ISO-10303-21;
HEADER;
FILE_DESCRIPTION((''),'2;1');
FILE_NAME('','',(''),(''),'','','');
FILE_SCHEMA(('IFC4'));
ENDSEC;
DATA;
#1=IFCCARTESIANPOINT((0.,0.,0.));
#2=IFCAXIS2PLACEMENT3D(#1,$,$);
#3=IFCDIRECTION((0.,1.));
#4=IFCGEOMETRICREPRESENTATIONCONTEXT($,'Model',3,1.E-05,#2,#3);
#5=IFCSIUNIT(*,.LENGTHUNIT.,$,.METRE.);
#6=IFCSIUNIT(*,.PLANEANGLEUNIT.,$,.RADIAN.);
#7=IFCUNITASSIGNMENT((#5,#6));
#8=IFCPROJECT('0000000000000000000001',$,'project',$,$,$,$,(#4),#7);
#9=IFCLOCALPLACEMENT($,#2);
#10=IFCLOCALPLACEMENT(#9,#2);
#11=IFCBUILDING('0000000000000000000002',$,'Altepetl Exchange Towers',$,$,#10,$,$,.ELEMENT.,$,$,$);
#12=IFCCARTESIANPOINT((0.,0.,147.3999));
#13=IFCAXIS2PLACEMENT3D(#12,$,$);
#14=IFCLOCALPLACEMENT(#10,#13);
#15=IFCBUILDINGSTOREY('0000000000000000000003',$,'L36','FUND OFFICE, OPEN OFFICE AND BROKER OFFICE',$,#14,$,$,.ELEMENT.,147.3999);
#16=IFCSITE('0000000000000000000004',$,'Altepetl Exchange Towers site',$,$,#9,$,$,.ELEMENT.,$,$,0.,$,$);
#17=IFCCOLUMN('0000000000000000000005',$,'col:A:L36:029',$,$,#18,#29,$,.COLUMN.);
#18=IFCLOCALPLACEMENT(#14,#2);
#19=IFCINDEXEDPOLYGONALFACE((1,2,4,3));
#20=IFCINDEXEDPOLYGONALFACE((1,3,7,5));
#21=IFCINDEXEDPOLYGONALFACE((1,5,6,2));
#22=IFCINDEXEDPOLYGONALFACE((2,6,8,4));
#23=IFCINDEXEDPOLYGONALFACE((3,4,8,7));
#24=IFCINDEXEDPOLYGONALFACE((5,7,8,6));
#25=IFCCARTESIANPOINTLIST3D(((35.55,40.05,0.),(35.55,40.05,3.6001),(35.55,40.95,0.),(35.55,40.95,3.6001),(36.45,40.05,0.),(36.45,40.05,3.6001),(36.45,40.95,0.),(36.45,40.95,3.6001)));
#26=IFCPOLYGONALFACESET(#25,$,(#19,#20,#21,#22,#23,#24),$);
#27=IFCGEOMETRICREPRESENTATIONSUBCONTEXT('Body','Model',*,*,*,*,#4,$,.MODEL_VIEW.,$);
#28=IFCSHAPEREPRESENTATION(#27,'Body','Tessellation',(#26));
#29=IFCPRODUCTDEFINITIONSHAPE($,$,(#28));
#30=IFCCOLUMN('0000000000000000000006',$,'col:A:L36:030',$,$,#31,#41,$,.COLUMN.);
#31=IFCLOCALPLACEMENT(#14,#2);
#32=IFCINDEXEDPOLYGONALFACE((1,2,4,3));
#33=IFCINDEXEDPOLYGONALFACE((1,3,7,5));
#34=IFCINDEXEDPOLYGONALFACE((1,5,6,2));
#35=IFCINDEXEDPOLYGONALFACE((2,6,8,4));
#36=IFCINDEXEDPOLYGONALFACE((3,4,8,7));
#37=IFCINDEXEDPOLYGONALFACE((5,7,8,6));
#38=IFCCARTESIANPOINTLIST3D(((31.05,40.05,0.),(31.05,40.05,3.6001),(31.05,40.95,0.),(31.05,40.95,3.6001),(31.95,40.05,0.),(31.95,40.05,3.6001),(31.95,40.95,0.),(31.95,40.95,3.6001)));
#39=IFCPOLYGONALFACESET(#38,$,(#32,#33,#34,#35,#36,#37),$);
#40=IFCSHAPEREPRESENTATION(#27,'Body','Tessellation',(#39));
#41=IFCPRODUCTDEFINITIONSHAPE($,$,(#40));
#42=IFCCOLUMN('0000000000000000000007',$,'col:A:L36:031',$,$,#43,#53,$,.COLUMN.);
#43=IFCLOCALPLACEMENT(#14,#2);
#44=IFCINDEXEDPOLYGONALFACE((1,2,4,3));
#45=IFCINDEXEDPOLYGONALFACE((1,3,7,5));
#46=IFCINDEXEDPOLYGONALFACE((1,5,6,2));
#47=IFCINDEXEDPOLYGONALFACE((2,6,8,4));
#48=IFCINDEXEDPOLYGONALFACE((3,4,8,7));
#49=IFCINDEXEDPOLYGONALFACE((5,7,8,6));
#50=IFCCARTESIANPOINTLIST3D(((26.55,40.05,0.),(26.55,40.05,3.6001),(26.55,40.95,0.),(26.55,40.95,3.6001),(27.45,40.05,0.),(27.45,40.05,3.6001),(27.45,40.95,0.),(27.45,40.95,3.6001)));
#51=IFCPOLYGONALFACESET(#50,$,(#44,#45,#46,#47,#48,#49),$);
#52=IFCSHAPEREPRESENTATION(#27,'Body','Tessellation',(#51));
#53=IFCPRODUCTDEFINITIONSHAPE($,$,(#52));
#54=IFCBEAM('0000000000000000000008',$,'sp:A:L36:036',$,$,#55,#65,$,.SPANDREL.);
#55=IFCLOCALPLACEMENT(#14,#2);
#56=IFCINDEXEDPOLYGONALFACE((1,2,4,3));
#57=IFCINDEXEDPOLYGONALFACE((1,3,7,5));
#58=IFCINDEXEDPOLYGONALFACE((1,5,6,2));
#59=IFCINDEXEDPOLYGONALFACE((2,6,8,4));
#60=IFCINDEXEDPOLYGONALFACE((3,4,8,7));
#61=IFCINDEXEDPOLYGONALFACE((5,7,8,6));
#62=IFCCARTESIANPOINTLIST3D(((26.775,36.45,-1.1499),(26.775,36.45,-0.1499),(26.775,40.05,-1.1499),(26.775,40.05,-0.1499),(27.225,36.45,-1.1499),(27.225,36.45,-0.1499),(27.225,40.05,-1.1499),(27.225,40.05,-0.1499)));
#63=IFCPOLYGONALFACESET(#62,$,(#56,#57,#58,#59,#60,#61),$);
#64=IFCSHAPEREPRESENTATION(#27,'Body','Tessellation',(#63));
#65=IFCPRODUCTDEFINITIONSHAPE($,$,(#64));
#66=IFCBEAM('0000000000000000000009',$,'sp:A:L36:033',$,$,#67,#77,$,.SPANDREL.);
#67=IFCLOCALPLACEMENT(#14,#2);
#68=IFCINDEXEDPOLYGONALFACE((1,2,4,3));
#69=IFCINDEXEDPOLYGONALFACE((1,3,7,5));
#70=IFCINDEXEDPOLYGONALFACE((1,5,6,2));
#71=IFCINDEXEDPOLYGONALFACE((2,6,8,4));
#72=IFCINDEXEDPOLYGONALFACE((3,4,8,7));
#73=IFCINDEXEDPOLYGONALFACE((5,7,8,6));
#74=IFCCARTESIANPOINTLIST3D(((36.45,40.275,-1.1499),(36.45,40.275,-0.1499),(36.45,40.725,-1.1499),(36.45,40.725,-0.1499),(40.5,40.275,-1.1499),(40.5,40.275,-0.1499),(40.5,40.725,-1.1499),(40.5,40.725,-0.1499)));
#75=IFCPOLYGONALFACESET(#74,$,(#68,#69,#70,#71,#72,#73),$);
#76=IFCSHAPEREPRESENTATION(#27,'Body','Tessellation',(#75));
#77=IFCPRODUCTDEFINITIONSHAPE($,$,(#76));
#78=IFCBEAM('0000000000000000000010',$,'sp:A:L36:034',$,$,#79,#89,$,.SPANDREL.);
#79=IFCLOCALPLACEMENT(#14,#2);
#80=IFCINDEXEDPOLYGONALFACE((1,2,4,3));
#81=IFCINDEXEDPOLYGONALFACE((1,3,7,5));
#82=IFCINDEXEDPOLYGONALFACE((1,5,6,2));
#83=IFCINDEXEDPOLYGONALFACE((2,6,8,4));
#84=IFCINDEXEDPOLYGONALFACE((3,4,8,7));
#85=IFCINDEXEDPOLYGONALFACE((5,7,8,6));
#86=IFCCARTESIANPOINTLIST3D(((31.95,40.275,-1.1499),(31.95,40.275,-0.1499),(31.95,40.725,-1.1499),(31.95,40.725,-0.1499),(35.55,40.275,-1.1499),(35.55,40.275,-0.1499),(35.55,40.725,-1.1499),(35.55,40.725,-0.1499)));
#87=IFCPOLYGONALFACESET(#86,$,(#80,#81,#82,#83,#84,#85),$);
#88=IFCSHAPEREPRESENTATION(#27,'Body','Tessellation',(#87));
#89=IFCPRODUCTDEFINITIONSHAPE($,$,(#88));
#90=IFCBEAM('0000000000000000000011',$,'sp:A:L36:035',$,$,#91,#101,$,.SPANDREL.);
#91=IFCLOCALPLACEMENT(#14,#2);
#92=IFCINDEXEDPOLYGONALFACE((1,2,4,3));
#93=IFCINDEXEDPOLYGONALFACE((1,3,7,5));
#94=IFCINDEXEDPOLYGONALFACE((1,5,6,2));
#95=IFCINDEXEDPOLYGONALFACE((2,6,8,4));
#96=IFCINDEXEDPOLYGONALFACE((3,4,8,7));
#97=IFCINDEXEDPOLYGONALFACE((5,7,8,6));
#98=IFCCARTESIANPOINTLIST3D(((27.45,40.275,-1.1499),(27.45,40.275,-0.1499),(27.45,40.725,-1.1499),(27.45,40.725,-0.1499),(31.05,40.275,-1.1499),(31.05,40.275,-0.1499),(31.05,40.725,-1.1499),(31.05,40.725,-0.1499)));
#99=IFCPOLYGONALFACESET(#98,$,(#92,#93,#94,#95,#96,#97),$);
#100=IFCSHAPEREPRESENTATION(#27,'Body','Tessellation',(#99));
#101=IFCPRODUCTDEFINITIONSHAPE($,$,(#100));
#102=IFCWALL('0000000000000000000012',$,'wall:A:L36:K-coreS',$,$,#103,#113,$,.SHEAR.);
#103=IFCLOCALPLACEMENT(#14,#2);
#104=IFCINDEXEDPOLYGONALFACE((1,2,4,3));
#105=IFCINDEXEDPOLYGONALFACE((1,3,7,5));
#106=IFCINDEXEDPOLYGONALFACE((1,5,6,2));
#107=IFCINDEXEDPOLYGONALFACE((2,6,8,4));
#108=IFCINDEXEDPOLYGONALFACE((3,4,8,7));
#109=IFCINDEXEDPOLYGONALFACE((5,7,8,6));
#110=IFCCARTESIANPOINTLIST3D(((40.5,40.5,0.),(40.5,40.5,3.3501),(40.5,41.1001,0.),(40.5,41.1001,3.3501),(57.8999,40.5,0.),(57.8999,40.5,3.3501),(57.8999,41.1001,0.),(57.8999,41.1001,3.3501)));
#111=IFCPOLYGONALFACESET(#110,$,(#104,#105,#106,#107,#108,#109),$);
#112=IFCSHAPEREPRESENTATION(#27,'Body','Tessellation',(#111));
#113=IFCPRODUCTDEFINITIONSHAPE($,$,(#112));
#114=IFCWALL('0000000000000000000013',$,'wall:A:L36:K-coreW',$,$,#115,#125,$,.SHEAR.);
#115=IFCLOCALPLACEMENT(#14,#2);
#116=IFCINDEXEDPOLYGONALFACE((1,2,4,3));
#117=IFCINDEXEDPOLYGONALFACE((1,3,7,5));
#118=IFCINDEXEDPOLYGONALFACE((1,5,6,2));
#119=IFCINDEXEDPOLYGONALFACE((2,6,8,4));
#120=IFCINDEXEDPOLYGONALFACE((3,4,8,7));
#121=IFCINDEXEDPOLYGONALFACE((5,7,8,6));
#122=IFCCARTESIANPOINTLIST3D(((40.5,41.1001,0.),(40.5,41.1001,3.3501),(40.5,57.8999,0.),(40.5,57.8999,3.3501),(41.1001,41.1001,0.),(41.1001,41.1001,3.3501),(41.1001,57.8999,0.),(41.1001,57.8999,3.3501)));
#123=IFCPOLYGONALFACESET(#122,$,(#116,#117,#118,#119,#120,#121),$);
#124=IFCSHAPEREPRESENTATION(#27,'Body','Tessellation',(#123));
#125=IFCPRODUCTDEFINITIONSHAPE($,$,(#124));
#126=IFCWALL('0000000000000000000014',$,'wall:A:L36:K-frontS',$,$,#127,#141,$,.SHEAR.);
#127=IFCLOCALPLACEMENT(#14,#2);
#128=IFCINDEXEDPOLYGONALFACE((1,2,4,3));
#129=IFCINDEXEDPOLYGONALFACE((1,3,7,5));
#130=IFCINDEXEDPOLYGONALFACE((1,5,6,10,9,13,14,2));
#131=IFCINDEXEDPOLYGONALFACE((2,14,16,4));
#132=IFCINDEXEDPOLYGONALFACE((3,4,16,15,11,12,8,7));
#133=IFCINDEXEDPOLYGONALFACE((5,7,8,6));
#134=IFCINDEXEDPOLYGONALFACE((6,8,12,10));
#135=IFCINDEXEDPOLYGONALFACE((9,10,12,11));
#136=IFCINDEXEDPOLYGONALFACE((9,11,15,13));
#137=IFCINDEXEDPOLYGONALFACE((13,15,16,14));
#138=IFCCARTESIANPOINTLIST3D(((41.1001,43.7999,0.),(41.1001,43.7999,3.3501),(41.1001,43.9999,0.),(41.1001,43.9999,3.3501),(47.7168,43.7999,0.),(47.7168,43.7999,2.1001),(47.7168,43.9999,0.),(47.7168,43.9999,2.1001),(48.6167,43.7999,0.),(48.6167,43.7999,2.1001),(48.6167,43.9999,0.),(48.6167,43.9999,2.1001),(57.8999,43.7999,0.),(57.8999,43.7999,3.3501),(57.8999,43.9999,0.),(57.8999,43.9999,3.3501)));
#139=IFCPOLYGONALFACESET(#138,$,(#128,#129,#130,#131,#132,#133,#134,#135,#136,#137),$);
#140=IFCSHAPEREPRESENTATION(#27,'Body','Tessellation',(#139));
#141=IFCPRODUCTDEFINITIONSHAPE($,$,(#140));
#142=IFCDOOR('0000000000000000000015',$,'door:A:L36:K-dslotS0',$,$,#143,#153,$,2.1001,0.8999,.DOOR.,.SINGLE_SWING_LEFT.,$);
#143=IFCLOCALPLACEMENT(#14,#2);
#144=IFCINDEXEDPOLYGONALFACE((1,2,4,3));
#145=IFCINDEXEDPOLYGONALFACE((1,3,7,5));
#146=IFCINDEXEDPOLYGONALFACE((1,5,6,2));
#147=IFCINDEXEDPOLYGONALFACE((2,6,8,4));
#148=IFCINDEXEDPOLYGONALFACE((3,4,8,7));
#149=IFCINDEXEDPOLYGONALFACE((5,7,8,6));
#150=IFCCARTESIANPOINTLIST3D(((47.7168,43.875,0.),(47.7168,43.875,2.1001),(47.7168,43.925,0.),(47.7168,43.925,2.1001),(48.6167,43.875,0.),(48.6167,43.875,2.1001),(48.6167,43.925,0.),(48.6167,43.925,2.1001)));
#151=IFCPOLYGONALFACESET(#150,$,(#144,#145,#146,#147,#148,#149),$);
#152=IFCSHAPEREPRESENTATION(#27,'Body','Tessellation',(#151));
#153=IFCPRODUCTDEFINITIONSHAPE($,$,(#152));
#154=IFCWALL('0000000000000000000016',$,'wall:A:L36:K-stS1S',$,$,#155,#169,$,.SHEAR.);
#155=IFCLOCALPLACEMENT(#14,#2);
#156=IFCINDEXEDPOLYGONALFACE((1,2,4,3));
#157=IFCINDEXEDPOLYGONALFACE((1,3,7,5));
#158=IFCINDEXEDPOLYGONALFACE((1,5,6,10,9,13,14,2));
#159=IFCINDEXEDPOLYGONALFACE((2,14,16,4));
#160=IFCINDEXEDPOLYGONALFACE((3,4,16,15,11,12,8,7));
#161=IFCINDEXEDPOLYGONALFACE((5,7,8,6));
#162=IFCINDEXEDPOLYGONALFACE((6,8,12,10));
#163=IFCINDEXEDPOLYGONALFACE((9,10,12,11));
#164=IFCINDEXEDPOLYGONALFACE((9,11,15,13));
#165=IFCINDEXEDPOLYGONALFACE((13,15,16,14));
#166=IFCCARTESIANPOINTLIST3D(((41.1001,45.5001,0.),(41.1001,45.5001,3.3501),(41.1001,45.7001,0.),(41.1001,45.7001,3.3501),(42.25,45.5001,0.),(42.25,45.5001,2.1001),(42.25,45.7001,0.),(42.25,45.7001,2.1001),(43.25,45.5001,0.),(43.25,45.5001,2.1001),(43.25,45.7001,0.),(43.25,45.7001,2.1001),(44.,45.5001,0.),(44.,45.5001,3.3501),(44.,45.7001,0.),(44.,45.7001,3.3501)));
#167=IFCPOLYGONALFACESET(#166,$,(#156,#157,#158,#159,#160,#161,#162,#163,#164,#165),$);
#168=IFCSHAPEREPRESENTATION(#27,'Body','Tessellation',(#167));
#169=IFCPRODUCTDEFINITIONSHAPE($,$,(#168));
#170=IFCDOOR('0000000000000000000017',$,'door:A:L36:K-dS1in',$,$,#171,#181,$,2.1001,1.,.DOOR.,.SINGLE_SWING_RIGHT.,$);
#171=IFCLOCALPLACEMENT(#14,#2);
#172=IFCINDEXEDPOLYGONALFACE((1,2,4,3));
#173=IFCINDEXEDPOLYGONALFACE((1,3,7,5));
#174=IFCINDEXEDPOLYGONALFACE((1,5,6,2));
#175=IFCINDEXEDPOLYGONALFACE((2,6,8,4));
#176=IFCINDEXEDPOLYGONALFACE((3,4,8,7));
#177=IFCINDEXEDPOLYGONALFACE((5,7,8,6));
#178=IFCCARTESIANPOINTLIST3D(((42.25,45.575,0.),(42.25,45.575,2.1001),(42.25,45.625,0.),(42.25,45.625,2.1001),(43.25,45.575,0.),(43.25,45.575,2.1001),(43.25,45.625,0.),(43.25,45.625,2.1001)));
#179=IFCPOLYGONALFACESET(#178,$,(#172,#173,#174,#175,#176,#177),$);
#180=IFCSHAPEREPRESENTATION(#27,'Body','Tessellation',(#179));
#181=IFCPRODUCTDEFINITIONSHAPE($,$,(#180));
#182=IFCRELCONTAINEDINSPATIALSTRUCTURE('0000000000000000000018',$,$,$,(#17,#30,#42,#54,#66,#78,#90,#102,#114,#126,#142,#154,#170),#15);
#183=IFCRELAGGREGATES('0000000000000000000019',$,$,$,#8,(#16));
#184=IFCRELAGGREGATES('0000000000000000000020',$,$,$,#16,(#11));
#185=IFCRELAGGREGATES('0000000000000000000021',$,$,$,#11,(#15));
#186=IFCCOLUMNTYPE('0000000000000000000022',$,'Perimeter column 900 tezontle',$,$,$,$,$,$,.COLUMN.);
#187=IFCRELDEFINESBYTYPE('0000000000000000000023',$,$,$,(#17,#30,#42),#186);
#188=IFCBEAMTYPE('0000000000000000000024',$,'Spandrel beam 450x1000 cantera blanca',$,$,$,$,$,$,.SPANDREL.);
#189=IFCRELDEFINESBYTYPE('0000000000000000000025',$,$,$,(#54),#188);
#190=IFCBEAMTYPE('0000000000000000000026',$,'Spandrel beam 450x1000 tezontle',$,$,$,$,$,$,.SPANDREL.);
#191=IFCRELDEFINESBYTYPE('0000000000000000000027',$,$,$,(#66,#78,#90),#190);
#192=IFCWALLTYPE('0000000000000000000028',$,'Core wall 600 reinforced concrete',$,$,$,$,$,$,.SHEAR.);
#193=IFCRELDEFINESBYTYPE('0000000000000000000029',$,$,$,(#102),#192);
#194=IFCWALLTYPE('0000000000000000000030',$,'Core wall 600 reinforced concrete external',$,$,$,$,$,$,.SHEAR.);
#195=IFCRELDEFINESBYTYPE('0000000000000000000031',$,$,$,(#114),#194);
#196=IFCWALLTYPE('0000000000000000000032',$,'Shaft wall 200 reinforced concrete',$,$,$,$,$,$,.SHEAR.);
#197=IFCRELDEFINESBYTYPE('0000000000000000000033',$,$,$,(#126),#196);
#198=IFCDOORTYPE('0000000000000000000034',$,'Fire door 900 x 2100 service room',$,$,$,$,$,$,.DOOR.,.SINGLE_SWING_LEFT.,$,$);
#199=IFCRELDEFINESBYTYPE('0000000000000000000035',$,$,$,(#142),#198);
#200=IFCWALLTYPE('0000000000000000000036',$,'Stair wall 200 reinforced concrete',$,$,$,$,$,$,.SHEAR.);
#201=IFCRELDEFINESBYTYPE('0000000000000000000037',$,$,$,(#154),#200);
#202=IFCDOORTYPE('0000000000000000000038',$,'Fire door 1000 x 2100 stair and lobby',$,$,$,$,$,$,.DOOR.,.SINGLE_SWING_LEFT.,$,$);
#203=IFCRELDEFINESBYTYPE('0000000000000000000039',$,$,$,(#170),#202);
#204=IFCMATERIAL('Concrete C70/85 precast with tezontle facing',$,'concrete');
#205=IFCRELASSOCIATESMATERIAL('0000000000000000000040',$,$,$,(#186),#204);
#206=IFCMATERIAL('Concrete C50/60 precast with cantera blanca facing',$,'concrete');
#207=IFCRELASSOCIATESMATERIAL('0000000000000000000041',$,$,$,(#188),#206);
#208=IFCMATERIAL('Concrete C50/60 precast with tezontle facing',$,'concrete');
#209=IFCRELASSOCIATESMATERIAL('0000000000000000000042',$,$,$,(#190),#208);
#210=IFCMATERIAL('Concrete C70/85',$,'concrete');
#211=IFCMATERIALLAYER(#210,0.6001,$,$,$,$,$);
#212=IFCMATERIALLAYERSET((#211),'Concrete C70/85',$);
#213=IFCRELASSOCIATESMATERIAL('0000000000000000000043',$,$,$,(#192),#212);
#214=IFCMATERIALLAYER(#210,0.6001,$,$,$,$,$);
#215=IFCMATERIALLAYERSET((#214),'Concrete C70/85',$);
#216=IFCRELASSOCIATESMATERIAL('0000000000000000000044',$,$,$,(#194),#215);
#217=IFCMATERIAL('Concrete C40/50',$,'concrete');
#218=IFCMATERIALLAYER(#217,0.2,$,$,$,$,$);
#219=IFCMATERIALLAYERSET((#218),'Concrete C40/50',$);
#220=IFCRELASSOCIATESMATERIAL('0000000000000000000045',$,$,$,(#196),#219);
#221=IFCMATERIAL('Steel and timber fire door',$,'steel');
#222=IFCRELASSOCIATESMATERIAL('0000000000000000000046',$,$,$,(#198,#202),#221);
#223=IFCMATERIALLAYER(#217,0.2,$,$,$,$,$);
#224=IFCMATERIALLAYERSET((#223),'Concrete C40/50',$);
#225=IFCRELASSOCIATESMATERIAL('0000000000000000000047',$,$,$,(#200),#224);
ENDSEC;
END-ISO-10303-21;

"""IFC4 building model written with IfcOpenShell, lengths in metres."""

from ifc_helpers import new_model, si_unit, direction, frame, frame_2d, origin, origin_2d, place, context, subcontext, project, spatial, rectangle, extrude, material, layer, layer_set, material_profile, profile_set, type_object, element, fill, save


model = new_model("IFC4")

# Units and contexts
model_context = context("Model", 3, precision=1e-05, world=origin(), true_north=direction((0.0, 1.0)))
body_context = subcontext(model_context, "Body", "Model", "MODEL_VIEW")
ifc_project = project(units=[si_unit("LENGTHUNIT", "METRE"), si_unit("PLANEANGLEUNIT", "RADIAN")], contexts=[model_context])

# Site, building, storey
site_placement = place(None, origin())
site = spatial("IfcSite", under=ifc_project, at=site_placement, Name="Altepetl Exchange Towers site", CompositionType="ELEMENT", RefElevation=0.0)
building_placement = place(site_placement, origin())
building = spatial("IfcBuilding", under=site, at=building_placement, Name="Altepetl Exchange Towers", CompositionType="ELEMENT")
storey_placement = place(building_placement, frame((0.0, 0.0, 147.3999)))
storey = spatial("IfcBuildingStorey", under=building, at=storey_placement, Name="L36", Description="FUND OFFICE, OPEN OFFICE AND BROKER OFFICE", CompositionType="ELEMENT", Elevation=147.3999)

# Columns
ifc_material_1 = material(Name="Concrete C70/85 precast with tezontle facing", Category="concrete")
ifc_material_profile_1 = material_profile(ifc_material_1, rectangle(XDim=0.8999, YDim=0.8999, at=origin_2d()), Name="900 x 900")
ifc_profile_set_1 = profile_set([ifc_material_profile_1], Name="Concrete C70/85 precast with tezontle facing")
column_type = type_object("IfcColumnType", Name="Perimeter column 900 tezontle", PredefinedType="COLUMN", material=ifc_profile_set_1)
for number, where, name in (
    (1, (36.0, 40.5, 0.0), "col:A:L36:029"),
    (2, (31.5, 40.5, 0.0), "col:A:L36:030"),
    (3, (27.0, 40.5, 0.0), "col:A:L36:031"),
):
    element("IfcColumn", number, at=place(storey_placement, frame(where)), inside=storey, type_object=column_type, Name=name, PredefinedType="COLUMN", context=body_context, shape_type="SweptSolid", body=[
        extrude(rectangle(XDim=0.8999, YDim=0.8999, at=origin_2d()), origin(), (0.0, 0.0, 1.0), 3.6001),
    ])

# Beams
ifc_material_2 = material(Name="Concrete C50/60 precast with cantera blanca facing", Category="concrete")
ifc_material_profile_2 = material_profile(ifc_material_2, rectangle(XDim=0.45, YDim=1.0, at=origin_2d()), Name="450 x 1000")
ifc_profile_set_2 = profile_set([ifc_material_profile_2], Name="Concrete C50/60 precast with cantera blanca facing")
beam_type_1 = type_object("IfcBeamType", Name="Spandrel beam 450x1000 cantera blanca", PredefinedType="SPANDREL", material=ifc_profile_set_2)
beam_1_placement = place(storey_placement, frame((27.0, 40.05, -0.6499), z_axis=(0.0, -1.0, 0.0), x_axis=(1.0, 0.0, 0.0)))
element("IfcBeam", 4, at=beam_1_placement, inside=storey, type_object=beam_type_1, Name="sp:A:L36:036", PredefinedType="SPANDREL", context=body_context, shape_type="SweptSolid", body=[
    extrude(rectangle(XDim=0.45, YDim=1.0, at=origin_2d()), origin(), (0.0, 0.0, 1.0), 3.6001),
])
ifc_material_3 = material(Name="Concrete C50/60 precast with tezontle facing", Category="concrete")
ifc_material_profile_3 = material_profile(ifc_material_3, rectangle(XDim=0.45, YDim=1.0, at=origin_2d()), Name="450 x 1000")
ifc_profile_set_3 = profile_set([ifc_material_profile_3], Name="Concrete C50/60 precast with tezontle facing")
beam_type_2 = type_object("IfcBeamType", Name="Spandrel beam 450x1000 tezontle", PredefinedType="SPANDREL", material=ifc_profile_set_3)
beam_2_placement = place(storey_placement, frame((40.5, 40.5, -0.6499), z_axis=(-1.0, 0.0, 0.0), x_axis=(0.0, -1.0, 0.0)))
element("IfcBeam", 5, at=beam_2_placement, inside=storey, type_object=beam_type_2, Name="sp:A:L36:033", PredefinedType="SPANDREL", context=body_context, shape_type="SweptSolid", body=[
    extrude(rectangle(XDim=0.45, YDim=1.0, at=origin_2d()), origin(), (0.0, 0.0, 1.0), 4.05),
])
for number, where, z_axis, x_axis, name in (
    (6, (35.55, 40.5, -0.6499), (-1.0, 0.0, 0.0), (0.0, -1.0, 0.0), "sp:A:L36:034"),
    (7, (31.05, 40.5, -0.6499), (-1.0, 0.0, 0.0), (0.0, -1.0, 0.0), "sp:A:L36:035"),
):
    element("IfcBeam", number, at=place(storey_placement, frame(where, z_axis=z_axis, x_axis=x_axis)), inside=storey, type_object=beam_type_2, Name=name, PredefinedType="SPANDREL", context=body_context, shape_type="SweptSolid", body=[
        extrude(rectangle(XDim=0.45, YDim=1.0, at=origin_2d()), origin(), (0.0, 0.0, 1.0), 3.6001),
    ])

# Walls
ifc_material_4 = material(Name="Concrete C70/85", Category="concrete")
ifc_layer_1 = layer(ifc_material_4, 0.6001)
ifc_layer_set_1 = layer_set([ifc_layer_1], Name="Concrete C70/85")
wall_type_1 = type_object("IfcWallType", Name="Core wall 600 reinforced concrete", PredefinedType="SHEAR", material=ifc_layer_set_1)
wall_1_placement = place(storey_placement, frame((40.5, 40.8, 0.0)))
element("IfcWall", 8, at=wall_1_placement, inside=storey, type_object=wall_type_1, Name="wall:A:L36:K-coreS", PredefinedType="SHEAR", context=body_context, shape_type="SweptSolid", body=[
    extrude(rectangle(XDim=17.3999, YDim=0.6001, at=frame_2d((8.7, 0.0))), origin(), (0.0, 0.0, 1.0), 3.3501),
])
ifc_layer_2 = layer(ifc_material_4, 0.6001)
ifc_layer_set_2 = layer_set([ifc_layer_2], Name="Concrete C70/85")
wall_type_2 = type_object("IfcWallType", Name="Core wall 600 reinforced concrete external", PredefinedType="SHEAR", material=ifc_layer_set_2)
wall_2_placement = place(storey_placement, frame((40.8, 41.1001, 0.0), z_axis=(0.0, 0.0, 1.0), x_axis=(0.0, 1.0, 0.0)))
element("IfcWall", 9, at=wall_2_placement, inside=storey, type_object=wall_type_2, Name="wall:A:L36:K-coreW", PredefinedType="SHEAR", context=body_context, shape_type="SweptSolid", body=[
    extrude(rectangle(XDim=16.7998, YDim=0.6001, at=frame_2d((8.3999, 0.0))), origin(), (0.0, 0.0, 1.0), 3.3501),
])

# Walls, openings, doors
ifc_material_5 = material(Name="Concrete C40/50", Category="concrete")
ifc_layer_3 = layer(ifc_material_5, 0.2)
ifc_layer_set_3 = layer_set([ifc_layer_3], Name="Concrete C40/50")
wall_type_3 = type_object("IfcWallType", Name="Shaft wall 200 reinforced concrete", PredefinedType="SHEAR", material=ifc_layer_set_3)
wall_3_placement = place(storey_placement, frame((41.1001, 43.8999, 0.0)))
wall_3 = element("IfcWall", 10, at=wall_3_placement, inside=storey, type_object=wall_type_3, Name="wall:A:L36:K-frontS", PredefinedType="SHEAR", context=body_context, shape_type="SweptSolid", body=[
    extrude(rectangle(XDim=16.7998, YDim=0.2, at=frame_2d((8.3999, 0.0))), origin(), (0.0, 0.0, 1.0), 3.3501),
])
opening_1_placement = place(wall_3_placement, frame((6.6167, 0.0, 0.0)))
opening_1 = element("IfcOpeningElement", 11, at=opening_1_placement, cuts=wall_3, PredefinedType="OPENING", context=body_context, shape_type="SweptSolid", body=[
    extrude(rectangle(XDim=0.8999, YDim=2.1001, at=frame_2d((0.45, 1.05))), frame((0.0, 0.1099, 0.0), z_axis=(0.0, -1.0, 0.0), x_axis=(1.0, 0.0, 0.0)), (0.0, 0.0, 1.0), 0.22),
])
ifc_material_6 = material(Name="Steel and timber fire door", Category="steel")
door_type_1 = type_object("IfcDoorType", Name="Fire door 900 x 2100 service room", OperationType="SINGLE_SWING_LEFT", PredefinedType="DOOR", material=ifc_material_6)
door_1_placement = place(opening_1_placement, frame((0.8999, 0.0, 0.0), x_axis=(-1.0, 0.0, 0.0)))
door_1 = element("IfcDoor", 12, at=door_1_placement, inside=storey, type_object=door_type_1, Name="door:A:L36:K-dslotS0", OperationType="SINGLE_SWING_LEFT", OverallHeight=2.1001, OverallWidth=0.8999, PredefinedType="DOOR", context=body_context, shape_type="SweptSolid", body=[
    extrude(rectangle(XDim=0.8999, YDim=2.1001, at=frame_2d((0.45, 1.05))), frame((0.0, 0.0249, 0.0), z_axis=(0.0, -1.0, 0.0), x_axis=(1.0, 0.0, 0.0)), (0.0, 0.0, 1.0), 0.05),
])
fill(opening_1, door_1)
ifc_layer_4 = layer(ifc_material_5, 0.2)
ifc_layer_set_4 = layer_set([ifc_layer_4], Name="Concrete C40/50")
wall_type_4 = type_object("IfcWallType", Name="Stair wall 200 reinforced concrete", PredefinedType="SHEAR", material=ifc_layer_set_4)
wall_4_placement = place(storey_placement, frame((41.1001, 45.6001, 0.0)))
wall_4 = element("IfcWall", 13, at=wall_4_placement, inside=storey, type_object=wall_type_4, Name="wall:A:L36:K-stS1S", PredefinedType="SHEAR", context=body_context, shape_type="SweptSolid", body=[
    extrude(rectangle(XDim=2.8999, YDim=0.2, at=frame_2d((1.45, 0.0))), origin(), (0.0, 0.0, 1.0), 3.3501),
])
opening_2_placement = place(wall_4_placement, frame((1.1499, 0.0, 0.0)))
opening_2 = element("IfcOpeningElement", 14, at=opening_2_placement, cuts=wall_4, PredefinedType="OPENING", context=body_context, shape_type="SweptSolid", body=[
    extrude(rectangle(XDim=1.0, YDim=2.1001, at=frame_2d((0.5, 1.05))), frame((0.0, 0.1099, 0.0), z_axis=(0.0, -1.0, 0.0), x_axis=(1.0, 0.0, 0.0)), (0.0, 0.0, 1.0), 0.22),
])
door_type_2 = type_object("IfcDoorType", Name="Fire door 1000 x 2100 stair and lobby", OperationType="SINGLE_SWING_LEFT", PredefinedType="DOOR", material=ifc_material_6)
door_2_placement = place(opening_2_placement, origin())
door_2 = element("IfcDoor", 15, at=door_2_placement, inside=storey, type_object=door_type_2, Name="door:A:L36:K-dS1in", OperationType="SINGLE_SWING_RIGHT", OverallHeight=2.1001, OverallWidth=1.0, PredefinedType="DOOR", context=body_context, shape_type="SweptSolid", body=[
    extrude(rectangle(XDim=1.0, YDim=2.1001, at=frame_2d((0.5, 1.05))), frame((0.0, 0.0249, 0.0), z_axis=(0.0, -1.0, 0.0), x_axis=(1.0, 0.0, 0.0)), (0.0, 0.0, 1.0), 0.05),
])
fill(opening_2, door_2)

save(model, "model.ifc")
